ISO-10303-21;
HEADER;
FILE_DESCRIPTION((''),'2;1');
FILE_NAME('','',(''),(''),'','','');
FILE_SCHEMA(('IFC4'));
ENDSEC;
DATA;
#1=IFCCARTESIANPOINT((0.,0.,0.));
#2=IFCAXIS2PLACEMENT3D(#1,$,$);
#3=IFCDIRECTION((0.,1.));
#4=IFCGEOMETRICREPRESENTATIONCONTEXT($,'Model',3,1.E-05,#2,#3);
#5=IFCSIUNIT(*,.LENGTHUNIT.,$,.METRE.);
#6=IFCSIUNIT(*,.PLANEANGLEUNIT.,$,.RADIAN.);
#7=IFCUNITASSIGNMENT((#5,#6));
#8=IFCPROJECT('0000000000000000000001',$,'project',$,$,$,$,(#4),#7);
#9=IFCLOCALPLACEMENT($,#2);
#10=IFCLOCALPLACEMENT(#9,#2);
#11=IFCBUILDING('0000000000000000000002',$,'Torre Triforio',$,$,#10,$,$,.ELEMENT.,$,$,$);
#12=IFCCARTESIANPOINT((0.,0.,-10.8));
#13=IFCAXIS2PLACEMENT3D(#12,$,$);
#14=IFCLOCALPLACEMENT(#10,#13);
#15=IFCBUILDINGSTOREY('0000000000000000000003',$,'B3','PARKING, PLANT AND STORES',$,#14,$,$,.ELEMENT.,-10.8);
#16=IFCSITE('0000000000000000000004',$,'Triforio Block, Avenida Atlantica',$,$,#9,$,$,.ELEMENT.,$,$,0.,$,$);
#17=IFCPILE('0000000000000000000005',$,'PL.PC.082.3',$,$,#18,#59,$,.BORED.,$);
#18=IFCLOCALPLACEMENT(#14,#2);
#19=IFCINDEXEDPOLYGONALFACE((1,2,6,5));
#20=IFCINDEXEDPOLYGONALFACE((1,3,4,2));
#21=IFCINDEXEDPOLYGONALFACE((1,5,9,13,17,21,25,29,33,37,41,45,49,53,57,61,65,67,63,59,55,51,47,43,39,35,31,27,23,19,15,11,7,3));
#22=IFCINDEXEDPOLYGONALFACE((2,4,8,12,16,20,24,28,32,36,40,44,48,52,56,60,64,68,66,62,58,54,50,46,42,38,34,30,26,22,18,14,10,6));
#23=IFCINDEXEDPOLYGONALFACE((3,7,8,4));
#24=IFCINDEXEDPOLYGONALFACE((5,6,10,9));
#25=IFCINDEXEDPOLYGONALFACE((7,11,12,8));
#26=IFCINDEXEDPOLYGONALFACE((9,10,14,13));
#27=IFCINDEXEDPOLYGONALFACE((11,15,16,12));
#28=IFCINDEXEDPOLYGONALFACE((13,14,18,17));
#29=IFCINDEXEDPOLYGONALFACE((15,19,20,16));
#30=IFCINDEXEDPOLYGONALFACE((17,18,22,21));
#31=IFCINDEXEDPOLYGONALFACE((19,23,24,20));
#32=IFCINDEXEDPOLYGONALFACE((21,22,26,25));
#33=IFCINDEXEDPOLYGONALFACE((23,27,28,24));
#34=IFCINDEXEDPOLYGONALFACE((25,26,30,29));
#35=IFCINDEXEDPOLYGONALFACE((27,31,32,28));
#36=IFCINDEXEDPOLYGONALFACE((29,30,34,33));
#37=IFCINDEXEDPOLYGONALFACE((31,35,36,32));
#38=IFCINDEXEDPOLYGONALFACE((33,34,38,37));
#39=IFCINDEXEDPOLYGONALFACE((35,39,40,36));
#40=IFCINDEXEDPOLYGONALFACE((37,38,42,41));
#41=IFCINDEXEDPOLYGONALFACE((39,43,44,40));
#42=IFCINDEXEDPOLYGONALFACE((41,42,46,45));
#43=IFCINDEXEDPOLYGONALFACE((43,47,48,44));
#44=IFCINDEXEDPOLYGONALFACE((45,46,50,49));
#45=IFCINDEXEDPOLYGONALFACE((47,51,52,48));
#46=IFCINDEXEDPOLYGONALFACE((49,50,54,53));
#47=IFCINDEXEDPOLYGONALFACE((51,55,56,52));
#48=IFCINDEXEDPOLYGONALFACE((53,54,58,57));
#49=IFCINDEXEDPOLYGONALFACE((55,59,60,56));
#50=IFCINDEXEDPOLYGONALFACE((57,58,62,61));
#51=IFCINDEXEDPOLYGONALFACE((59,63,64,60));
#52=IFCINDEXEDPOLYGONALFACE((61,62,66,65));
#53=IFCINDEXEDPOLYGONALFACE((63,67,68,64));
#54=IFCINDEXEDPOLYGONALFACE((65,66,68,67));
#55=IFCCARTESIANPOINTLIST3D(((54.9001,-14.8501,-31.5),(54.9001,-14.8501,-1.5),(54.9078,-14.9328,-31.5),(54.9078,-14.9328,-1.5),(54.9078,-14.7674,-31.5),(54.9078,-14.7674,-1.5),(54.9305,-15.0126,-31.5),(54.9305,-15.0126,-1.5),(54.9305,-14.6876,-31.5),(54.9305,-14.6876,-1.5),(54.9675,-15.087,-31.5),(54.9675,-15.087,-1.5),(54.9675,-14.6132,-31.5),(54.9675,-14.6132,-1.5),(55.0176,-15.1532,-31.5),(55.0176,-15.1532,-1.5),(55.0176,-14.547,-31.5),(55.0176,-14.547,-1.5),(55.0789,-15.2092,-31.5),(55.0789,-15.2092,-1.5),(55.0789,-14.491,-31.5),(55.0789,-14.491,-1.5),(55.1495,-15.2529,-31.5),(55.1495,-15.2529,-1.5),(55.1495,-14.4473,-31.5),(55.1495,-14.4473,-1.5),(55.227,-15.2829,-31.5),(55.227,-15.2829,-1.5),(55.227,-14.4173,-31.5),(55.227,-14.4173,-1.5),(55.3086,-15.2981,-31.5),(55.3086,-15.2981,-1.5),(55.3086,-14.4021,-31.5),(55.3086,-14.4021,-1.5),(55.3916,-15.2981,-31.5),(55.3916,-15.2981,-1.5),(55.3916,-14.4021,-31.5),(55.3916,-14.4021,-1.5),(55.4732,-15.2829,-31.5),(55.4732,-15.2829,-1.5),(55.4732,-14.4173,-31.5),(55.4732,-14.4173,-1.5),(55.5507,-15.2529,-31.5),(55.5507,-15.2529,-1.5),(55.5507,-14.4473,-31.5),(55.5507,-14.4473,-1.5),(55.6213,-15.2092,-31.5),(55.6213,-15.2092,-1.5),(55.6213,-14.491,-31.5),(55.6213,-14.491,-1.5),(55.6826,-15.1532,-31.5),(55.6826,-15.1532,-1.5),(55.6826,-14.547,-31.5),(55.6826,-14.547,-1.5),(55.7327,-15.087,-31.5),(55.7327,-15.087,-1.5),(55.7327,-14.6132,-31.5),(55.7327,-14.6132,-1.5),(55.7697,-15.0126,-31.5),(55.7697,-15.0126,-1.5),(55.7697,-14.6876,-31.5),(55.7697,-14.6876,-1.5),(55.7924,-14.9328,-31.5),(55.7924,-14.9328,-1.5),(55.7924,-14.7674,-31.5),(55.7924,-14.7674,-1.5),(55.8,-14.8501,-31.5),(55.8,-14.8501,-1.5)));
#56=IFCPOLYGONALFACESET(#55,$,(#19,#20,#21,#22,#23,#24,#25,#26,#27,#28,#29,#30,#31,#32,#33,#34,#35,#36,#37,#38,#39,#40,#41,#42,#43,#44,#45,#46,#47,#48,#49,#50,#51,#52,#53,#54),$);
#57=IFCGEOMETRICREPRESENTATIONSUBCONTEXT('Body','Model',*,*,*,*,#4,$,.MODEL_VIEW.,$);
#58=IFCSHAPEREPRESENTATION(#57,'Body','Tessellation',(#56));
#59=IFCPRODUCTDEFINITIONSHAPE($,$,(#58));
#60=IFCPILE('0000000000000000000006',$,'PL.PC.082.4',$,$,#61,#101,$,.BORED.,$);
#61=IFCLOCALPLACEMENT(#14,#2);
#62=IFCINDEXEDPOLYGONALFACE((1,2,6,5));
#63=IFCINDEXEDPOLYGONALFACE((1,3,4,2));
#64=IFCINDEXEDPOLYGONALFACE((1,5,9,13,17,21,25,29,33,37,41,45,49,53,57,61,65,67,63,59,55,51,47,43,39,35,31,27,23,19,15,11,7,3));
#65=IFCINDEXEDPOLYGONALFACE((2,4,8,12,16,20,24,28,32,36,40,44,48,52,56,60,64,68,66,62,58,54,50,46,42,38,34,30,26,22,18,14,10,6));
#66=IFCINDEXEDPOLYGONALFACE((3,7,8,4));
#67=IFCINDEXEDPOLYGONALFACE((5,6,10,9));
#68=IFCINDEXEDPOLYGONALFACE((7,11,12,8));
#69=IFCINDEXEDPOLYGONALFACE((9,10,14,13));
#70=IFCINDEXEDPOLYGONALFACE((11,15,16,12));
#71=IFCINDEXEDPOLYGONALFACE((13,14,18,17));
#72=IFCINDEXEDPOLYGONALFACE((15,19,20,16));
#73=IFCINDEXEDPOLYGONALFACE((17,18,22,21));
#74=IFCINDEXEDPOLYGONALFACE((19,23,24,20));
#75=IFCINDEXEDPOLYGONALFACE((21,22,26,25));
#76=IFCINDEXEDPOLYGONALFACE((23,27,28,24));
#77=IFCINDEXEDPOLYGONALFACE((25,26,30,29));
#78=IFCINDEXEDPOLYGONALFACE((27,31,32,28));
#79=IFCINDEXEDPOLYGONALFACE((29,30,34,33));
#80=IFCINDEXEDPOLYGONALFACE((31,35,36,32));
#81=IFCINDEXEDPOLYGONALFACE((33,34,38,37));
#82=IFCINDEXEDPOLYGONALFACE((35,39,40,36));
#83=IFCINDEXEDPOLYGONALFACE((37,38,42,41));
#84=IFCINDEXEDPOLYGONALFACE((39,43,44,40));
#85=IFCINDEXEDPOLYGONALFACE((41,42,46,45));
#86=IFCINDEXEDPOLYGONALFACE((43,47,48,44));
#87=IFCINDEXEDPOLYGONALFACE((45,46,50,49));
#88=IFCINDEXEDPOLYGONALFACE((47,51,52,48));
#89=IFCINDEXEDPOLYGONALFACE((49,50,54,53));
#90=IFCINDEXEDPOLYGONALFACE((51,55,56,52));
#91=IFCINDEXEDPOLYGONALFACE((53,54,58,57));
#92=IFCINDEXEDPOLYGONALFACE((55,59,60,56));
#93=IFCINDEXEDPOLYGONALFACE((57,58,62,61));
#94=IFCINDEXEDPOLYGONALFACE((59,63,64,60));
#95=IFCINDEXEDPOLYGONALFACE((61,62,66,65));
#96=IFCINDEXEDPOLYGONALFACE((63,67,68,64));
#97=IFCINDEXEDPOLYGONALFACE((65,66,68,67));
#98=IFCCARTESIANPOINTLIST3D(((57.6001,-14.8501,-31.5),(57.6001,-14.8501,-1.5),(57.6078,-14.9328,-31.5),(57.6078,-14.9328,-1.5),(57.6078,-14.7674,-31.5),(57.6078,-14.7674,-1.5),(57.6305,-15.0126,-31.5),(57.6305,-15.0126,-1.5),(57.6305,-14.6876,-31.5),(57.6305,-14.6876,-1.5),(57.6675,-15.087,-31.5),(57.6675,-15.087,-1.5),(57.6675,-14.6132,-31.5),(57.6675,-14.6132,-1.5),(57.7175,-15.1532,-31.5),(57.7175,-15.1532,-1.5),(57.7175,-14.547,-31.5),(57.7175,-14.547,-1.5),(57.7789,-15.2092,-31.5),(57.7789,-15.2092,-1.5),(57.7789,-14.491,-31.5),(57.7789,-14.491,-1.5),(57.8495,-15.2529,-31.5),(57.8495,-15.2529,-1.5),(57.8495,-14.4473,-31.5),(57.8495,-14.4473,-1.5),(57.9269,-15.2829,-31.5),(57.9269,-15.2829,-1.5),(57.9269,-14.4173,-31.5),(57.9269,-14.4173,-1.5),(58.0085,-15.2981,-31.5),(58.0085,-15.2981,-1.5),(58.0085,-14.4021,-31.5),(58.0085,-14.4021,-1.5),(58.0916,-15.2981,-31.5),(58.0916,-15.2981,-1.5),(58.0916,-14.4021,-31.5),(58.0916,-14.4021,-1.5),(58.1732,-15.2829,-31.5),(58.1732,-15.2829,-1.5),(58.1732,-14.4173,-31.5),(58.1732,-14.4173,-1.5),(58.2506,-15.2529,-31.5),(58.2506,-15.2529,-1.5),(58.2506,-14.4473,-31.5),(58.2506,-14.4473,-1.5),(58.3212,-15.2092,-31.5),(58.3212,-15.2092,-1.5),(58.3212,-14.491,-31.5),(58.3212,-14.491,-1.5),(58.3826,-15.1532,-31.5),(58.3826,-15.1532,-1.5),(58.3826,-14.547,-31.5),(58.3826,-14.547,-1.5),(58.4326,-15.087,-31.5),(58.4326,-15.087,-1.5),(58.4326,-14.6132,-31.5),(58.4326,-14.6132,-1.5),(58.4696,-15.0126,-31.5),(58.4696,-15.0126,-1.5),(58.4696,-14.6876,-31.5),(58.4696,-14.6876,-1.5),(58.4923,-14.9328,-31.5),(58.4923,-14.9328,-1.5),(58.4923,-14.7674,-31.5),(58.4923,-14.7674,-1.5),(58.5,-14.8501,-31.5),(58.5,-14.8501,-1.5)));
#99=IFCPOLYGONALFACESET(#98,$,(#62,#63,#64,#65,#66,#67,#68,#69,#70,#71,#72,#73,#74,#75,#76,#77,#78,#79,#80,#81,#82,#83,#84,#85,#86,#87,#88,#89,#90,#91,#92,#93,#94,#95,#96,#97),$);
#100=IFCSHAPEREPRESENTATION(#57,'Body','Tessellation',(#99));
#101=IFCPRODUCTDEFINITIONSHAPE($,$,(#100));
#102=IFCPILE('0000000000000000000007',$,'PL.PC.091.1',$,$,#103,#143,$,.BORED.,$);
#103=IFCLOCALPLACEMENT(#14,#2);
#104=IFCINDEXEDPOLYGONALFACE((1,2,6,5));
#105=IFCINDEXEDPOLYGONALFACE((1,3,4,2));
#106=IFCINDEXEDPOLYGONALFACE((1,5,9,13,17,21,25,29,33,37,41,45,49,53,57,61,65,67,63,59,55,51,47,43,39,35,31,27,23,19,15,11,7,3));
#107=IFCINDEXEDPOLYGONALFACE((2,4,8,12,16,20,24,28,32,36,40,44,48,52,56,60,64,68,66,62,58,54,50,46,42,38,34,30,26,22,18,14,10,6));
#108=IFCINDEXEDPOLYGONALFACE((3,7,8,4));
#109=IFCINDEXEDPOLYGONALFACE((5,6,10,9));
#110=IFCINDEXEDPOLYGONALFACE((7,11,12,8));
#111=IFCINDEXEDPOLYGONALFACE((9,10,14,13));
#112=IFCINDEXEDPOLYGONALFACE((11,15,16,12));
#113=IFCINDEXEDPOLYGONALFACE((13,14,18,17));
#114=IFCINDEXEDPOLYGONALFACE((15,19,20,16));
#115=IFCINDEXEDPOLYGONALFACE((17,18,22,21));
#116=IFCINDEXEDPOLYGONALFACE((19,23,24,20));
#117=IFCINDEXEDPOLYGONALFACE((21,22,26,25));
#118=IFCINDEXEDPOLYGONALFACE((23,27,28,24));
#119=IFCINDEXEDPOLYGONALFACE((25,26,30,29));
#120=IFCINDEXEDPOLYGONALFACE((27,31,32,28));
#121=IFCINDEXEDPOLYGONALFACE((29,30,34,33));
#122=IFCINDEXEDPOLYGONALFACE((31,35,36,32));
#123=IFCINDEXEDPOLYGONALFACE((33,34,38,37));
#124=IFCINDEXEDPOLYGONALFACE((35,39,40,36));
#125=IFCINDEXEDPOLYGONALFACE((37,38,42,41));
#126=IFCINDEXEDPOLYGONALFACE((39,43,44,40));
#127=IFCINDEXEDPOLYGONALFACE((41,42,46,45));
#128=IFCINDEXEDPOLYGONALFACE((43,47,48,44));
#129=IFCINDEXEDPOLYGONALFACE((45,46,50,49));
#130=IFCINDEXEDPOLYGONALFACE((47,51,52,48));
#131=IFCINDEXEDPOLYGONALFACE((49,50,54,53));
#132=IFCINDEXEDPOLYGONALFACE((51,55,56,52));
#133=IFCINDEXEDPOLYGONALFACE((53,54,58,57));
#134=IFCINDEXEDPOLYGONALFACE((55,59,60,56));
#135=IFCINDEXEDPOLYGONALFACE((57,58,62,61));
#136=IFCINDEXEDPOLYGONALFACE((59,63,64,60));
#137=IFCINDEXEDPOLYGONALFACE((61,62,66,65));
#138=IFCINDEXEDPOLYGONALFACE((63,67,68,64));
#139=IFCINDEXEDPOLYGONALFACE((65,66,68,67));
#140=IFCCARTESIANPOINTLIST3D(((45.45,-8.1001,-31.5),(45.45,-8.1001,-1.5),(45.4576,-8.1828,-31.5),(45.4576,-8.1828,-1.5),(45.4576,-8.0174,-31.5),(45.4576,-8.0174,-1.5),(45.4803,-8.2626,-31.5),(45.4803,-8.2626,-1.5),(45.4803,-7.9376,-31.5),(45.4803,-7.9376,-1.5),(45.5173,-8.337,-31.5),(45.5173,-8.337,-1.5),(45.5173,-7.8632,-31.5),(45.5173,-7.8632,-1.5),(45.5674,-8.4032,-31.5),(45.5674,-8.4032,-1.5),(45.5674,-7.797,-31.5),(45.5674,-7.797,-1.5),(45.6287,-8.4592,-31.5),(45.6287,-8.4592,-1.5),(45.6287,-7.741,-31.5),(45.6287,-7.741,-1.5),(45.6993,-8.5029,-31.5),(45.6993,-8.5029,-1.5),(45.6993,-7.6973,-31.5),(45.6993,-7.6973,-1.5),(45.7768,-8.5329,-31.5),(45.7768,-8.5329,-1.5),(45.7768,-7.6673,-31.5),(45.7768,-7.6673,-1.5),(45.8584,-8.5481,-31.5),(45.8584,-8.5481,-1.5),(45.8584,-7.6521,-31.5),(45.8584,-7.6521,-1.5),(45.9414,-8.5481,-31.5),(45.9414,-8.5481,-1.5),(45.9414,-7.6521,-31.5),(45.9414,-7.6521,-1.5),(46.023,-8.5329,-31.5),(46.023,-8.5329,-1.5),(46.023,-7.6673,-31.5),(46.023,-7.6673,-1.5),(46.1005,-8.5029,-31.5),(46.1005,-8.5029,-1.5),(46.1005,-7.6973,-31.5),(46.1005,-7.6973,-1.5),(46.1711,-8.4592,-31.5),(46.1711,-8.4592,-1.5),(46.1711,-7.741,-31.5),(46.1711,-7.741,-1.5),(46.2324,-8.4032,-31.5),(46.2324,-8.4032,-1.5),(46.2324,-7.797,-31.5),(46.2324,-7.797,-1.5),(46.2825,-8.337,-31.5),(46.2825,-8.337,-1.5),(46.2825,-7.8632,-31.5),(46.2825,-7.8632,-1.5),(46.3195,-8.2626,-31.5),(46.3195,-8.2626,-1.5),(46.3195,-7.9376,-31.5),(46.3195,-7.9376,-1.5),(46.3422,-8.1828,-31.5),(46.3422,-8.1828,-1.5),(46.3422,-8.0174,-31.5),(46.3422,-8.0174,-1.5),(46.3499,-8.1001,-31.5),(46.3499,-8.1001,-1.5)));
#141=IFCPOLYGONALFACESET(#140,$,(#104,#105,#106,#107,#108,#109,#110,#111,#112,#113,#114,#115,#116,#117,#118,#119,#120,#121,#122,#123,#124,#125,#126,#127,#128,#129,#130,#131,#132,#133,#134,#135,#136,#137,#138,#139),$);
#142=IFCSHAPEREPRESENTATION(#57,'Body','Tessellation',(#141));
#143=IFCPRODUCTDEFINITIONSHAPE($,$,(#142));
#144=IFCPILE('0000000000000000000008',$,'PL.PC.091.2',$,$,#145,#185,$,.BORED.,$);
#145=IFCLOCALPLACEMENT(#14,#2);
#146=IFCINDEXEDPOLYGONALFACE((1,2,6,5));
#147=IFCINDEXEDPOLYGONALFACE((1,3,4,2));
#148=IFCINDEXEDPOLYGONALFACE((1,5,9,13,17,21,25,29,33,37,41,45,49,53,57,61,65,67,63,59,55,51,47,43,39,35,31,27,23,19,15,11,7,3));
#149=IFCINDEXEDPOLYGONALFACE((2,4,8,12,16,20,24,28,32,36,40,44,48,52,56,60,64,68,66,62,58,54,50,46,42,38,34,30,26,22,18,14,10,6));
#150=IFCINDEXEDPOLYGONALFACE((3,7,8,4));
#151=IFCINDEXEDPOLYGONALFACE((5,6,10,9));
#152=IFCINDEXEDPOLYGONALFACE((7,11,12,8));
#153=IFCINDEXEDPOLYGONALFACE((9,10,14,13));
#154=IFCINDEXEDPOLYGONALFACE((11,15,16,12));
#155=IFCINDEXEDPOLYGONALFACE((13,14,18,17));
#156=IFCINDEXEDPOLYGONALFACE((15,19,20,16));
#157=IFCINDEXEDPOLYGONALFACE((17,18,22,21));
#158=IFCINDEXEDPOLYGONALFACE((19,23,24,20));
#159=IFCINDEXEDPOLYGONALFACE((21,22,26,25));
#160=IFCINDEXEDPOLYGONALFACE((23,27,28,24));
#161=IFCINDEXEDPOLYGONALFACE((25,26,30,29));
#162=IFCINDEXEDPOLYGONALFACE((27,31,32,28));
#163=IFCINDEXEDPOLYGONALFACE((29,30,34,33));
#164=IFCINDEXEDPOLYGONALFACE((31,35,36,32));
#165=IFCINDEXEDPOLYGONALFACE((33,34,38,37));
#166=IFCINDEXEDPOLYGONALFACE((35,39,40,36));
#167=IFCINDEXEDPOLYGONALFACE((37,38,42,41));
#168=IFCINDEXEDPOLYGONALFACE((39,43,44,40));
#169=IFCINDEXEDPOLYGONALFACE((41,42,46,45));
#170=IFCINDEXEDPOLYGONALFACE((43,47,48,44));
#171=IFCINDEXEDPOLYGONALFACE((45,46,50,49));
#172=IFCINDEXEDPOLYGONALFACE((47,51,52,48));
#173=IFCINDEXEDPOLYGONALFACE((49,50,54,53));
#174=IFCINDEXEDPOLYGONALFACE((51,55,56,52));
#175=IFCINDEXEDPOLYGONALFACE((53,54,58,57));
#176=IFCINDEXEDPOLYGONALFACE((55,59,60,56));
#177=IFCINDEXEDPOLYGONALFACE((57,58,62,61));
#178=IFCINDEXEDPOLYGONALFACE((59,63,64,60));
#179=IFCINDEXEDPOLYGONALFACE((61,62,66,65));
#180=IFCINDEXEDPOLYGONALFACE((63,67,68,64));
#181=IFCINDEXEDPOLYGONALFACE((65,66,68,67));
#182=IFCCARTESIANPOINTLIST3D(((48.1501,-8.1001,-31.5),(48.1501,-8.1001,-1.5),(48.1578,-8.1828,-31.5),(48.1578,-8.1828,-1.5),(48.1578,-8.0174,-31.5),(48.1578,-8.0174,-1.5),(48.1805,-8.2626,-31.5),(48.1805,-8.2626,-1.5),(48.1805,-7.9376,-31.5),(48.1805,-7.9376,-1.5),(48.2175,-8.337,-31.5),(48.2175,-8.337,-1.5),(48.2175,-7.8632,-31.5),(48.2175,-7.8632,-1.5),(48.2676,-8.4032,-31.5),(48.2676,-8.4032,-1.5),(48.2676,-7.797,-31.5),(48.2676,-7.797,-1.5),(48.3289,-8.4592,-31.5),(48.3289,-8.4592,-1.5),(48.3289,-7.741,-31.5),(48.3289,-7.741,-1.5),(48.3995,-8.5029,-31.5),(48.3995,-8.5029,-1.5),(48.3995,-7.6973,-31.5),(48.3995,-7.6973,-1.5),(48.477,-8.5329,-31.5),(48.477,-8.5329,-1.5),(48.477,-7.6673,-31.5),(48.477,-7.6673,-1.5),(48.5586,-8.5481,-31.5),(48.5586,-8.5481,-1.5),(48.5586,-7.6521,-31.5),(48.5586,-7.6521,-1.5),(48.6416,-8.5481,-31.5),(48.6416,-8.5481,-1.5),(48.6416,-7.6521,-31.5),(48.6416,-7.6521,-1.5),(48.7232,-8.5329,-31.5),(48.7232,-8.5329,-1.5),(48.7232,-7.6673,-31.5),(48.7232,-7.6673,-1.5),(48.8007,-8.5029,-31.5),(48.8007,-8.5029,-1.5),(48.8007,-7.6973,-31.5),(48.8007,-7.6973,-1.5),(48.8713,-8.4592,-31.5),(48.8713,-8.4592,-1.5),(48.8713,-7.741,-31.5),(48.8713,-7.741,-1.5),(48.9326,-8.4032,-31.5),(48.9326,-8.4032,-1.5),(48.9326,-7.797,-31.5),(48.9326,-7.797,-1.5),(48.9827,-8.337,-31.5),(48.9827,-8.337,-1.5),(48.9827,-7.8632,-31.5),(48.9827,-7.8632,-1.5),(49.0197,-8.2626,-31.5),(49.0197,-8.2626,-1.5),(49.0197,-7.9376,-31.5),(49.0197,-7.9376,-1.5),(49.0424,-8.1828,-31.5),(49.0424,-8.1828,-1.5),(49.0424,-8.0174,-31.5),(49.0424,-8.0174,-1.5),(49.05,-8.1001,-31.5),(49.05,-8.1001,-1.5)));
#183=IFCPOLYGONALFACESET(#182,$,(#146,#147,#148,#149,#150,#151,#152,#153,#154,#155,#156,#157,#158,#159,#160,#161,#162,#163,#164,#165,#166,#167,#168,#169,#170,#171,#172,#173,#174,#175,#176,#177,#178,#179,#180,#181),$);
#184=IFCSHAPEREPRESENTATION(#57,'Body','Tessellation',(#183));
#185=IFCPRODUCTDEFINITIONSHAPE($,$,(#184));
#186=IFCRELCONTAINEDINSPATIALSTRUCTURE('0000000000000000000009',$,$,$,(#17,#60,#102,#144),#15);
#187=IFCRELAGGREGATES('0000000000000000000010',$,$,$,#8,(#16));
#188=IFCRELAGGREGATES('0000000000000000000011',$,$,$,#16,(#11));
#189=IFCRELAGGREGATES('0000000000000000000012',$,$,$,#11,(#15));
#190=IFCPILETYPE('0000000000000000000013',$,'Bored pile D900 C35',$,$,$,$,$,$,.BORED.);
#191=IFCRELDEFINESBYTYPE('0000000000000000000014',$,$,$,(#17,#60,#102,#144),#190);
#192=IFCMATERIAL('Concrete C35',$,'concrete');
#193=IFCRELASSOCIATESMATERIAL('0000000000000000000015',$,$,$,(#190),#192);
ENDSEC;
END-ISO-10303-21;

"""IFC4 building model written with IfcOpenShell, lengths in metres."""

from ifc_helpers import new_model, si_unit, direction, frame, origin, origin_2d, place, context, subcontext, project, spatial, circle, extrude, material, material_profile, profile_set, type_object, element, save


model = new_model("IFC4")

# Units and contexts
model_context = context("Model", 3, precision=1e-05, world=origin(), true_north=direction((0.0, 1.0)))
body_context = subcontext(model_context, "Body", "Model", "MODEL_VIEW")
ifc_project = project(units=[si_unit("LENGTHUNIT", "METRE"), si_unit("PLANEANGLEUNIT", "RADIAN")], contexts=[model_context])

# Site, building, storey
site_placement = place(None, origin())
site = spatial("IfcSite", under=ifc_project, at=site_placement, Name="Triforio Block, Avenida Atlantica", CompositionType="ELEMENT", RefElevation=0.0)
building_placement = place(site_placement, origin())
building = spatial("IfcBuilding", under=site, at=building_placement, Name="Torre Triforio", CompositionType="ELEMENT")
storey_placement = place(building_placement, frame((0.0, 0.0, -10.8)))
storey = spatial("IfcBuildingStorey", under=building, at=storey_placement, Name="B3", Description="PARKING, PLANT AND STORES", CompositionType="ELEMENT", Elevation=-10.8)

# Piles
ifc_material_1 = material(Name="Concrete C35", Category="concrete")
ifc_material_profile_1 = material_profile(ifc_material_1, circle(Radius=0.45, at=origin_2d()), Name="RC D900")
ifc_profile_set_1 = profile_set([ifc_material_profile_1], Name="Concrete C35")
pile_type = type_object("IfcPileType", Name="Bored pile D900 C35", PredefinedType="BORED", material=ifc_profile_set_1)
for number, where, z_axis, x_axis, name in (
    (1, (55.3501, -14.8501, -1.5), (0.0, 0.0, -1.0), (1.0, 0.0, 0.0), "PL.PC.082.3"),
    (2, (58.05, -14.8501, -1.5), (0.0, 0.0, -1.0), (1.0, 0.0, 0.0), "PL.PC.082.4"),
    (3, (45.8999, -8.1001, -1.5), (0.0, 0.0, -1.0), (1.0, 0.0, 0.0), "PL.PC.091.1"),
    (4, (48.6001, -8.1001, -1.5), (0.0, 0.0, -1.0), (1.0, 0.0, 0.0), "PL.PC.091.2"),
):
    element("IfcPile", number, at=place(storey_placement, frame(where, z_axis=z_axis, x_axis=x_axis)), inside=storey, type_object=pile_type, Name=name, PredefinedType="BORED", context=body_context, shape_type="SweptSolid", body=[
        extrude(circle(Radius=0.45, at=origin_2d()), origin(), (0.0, 0.0, 1.0), 30.0),
    ])

save(model, "model.ifc")
